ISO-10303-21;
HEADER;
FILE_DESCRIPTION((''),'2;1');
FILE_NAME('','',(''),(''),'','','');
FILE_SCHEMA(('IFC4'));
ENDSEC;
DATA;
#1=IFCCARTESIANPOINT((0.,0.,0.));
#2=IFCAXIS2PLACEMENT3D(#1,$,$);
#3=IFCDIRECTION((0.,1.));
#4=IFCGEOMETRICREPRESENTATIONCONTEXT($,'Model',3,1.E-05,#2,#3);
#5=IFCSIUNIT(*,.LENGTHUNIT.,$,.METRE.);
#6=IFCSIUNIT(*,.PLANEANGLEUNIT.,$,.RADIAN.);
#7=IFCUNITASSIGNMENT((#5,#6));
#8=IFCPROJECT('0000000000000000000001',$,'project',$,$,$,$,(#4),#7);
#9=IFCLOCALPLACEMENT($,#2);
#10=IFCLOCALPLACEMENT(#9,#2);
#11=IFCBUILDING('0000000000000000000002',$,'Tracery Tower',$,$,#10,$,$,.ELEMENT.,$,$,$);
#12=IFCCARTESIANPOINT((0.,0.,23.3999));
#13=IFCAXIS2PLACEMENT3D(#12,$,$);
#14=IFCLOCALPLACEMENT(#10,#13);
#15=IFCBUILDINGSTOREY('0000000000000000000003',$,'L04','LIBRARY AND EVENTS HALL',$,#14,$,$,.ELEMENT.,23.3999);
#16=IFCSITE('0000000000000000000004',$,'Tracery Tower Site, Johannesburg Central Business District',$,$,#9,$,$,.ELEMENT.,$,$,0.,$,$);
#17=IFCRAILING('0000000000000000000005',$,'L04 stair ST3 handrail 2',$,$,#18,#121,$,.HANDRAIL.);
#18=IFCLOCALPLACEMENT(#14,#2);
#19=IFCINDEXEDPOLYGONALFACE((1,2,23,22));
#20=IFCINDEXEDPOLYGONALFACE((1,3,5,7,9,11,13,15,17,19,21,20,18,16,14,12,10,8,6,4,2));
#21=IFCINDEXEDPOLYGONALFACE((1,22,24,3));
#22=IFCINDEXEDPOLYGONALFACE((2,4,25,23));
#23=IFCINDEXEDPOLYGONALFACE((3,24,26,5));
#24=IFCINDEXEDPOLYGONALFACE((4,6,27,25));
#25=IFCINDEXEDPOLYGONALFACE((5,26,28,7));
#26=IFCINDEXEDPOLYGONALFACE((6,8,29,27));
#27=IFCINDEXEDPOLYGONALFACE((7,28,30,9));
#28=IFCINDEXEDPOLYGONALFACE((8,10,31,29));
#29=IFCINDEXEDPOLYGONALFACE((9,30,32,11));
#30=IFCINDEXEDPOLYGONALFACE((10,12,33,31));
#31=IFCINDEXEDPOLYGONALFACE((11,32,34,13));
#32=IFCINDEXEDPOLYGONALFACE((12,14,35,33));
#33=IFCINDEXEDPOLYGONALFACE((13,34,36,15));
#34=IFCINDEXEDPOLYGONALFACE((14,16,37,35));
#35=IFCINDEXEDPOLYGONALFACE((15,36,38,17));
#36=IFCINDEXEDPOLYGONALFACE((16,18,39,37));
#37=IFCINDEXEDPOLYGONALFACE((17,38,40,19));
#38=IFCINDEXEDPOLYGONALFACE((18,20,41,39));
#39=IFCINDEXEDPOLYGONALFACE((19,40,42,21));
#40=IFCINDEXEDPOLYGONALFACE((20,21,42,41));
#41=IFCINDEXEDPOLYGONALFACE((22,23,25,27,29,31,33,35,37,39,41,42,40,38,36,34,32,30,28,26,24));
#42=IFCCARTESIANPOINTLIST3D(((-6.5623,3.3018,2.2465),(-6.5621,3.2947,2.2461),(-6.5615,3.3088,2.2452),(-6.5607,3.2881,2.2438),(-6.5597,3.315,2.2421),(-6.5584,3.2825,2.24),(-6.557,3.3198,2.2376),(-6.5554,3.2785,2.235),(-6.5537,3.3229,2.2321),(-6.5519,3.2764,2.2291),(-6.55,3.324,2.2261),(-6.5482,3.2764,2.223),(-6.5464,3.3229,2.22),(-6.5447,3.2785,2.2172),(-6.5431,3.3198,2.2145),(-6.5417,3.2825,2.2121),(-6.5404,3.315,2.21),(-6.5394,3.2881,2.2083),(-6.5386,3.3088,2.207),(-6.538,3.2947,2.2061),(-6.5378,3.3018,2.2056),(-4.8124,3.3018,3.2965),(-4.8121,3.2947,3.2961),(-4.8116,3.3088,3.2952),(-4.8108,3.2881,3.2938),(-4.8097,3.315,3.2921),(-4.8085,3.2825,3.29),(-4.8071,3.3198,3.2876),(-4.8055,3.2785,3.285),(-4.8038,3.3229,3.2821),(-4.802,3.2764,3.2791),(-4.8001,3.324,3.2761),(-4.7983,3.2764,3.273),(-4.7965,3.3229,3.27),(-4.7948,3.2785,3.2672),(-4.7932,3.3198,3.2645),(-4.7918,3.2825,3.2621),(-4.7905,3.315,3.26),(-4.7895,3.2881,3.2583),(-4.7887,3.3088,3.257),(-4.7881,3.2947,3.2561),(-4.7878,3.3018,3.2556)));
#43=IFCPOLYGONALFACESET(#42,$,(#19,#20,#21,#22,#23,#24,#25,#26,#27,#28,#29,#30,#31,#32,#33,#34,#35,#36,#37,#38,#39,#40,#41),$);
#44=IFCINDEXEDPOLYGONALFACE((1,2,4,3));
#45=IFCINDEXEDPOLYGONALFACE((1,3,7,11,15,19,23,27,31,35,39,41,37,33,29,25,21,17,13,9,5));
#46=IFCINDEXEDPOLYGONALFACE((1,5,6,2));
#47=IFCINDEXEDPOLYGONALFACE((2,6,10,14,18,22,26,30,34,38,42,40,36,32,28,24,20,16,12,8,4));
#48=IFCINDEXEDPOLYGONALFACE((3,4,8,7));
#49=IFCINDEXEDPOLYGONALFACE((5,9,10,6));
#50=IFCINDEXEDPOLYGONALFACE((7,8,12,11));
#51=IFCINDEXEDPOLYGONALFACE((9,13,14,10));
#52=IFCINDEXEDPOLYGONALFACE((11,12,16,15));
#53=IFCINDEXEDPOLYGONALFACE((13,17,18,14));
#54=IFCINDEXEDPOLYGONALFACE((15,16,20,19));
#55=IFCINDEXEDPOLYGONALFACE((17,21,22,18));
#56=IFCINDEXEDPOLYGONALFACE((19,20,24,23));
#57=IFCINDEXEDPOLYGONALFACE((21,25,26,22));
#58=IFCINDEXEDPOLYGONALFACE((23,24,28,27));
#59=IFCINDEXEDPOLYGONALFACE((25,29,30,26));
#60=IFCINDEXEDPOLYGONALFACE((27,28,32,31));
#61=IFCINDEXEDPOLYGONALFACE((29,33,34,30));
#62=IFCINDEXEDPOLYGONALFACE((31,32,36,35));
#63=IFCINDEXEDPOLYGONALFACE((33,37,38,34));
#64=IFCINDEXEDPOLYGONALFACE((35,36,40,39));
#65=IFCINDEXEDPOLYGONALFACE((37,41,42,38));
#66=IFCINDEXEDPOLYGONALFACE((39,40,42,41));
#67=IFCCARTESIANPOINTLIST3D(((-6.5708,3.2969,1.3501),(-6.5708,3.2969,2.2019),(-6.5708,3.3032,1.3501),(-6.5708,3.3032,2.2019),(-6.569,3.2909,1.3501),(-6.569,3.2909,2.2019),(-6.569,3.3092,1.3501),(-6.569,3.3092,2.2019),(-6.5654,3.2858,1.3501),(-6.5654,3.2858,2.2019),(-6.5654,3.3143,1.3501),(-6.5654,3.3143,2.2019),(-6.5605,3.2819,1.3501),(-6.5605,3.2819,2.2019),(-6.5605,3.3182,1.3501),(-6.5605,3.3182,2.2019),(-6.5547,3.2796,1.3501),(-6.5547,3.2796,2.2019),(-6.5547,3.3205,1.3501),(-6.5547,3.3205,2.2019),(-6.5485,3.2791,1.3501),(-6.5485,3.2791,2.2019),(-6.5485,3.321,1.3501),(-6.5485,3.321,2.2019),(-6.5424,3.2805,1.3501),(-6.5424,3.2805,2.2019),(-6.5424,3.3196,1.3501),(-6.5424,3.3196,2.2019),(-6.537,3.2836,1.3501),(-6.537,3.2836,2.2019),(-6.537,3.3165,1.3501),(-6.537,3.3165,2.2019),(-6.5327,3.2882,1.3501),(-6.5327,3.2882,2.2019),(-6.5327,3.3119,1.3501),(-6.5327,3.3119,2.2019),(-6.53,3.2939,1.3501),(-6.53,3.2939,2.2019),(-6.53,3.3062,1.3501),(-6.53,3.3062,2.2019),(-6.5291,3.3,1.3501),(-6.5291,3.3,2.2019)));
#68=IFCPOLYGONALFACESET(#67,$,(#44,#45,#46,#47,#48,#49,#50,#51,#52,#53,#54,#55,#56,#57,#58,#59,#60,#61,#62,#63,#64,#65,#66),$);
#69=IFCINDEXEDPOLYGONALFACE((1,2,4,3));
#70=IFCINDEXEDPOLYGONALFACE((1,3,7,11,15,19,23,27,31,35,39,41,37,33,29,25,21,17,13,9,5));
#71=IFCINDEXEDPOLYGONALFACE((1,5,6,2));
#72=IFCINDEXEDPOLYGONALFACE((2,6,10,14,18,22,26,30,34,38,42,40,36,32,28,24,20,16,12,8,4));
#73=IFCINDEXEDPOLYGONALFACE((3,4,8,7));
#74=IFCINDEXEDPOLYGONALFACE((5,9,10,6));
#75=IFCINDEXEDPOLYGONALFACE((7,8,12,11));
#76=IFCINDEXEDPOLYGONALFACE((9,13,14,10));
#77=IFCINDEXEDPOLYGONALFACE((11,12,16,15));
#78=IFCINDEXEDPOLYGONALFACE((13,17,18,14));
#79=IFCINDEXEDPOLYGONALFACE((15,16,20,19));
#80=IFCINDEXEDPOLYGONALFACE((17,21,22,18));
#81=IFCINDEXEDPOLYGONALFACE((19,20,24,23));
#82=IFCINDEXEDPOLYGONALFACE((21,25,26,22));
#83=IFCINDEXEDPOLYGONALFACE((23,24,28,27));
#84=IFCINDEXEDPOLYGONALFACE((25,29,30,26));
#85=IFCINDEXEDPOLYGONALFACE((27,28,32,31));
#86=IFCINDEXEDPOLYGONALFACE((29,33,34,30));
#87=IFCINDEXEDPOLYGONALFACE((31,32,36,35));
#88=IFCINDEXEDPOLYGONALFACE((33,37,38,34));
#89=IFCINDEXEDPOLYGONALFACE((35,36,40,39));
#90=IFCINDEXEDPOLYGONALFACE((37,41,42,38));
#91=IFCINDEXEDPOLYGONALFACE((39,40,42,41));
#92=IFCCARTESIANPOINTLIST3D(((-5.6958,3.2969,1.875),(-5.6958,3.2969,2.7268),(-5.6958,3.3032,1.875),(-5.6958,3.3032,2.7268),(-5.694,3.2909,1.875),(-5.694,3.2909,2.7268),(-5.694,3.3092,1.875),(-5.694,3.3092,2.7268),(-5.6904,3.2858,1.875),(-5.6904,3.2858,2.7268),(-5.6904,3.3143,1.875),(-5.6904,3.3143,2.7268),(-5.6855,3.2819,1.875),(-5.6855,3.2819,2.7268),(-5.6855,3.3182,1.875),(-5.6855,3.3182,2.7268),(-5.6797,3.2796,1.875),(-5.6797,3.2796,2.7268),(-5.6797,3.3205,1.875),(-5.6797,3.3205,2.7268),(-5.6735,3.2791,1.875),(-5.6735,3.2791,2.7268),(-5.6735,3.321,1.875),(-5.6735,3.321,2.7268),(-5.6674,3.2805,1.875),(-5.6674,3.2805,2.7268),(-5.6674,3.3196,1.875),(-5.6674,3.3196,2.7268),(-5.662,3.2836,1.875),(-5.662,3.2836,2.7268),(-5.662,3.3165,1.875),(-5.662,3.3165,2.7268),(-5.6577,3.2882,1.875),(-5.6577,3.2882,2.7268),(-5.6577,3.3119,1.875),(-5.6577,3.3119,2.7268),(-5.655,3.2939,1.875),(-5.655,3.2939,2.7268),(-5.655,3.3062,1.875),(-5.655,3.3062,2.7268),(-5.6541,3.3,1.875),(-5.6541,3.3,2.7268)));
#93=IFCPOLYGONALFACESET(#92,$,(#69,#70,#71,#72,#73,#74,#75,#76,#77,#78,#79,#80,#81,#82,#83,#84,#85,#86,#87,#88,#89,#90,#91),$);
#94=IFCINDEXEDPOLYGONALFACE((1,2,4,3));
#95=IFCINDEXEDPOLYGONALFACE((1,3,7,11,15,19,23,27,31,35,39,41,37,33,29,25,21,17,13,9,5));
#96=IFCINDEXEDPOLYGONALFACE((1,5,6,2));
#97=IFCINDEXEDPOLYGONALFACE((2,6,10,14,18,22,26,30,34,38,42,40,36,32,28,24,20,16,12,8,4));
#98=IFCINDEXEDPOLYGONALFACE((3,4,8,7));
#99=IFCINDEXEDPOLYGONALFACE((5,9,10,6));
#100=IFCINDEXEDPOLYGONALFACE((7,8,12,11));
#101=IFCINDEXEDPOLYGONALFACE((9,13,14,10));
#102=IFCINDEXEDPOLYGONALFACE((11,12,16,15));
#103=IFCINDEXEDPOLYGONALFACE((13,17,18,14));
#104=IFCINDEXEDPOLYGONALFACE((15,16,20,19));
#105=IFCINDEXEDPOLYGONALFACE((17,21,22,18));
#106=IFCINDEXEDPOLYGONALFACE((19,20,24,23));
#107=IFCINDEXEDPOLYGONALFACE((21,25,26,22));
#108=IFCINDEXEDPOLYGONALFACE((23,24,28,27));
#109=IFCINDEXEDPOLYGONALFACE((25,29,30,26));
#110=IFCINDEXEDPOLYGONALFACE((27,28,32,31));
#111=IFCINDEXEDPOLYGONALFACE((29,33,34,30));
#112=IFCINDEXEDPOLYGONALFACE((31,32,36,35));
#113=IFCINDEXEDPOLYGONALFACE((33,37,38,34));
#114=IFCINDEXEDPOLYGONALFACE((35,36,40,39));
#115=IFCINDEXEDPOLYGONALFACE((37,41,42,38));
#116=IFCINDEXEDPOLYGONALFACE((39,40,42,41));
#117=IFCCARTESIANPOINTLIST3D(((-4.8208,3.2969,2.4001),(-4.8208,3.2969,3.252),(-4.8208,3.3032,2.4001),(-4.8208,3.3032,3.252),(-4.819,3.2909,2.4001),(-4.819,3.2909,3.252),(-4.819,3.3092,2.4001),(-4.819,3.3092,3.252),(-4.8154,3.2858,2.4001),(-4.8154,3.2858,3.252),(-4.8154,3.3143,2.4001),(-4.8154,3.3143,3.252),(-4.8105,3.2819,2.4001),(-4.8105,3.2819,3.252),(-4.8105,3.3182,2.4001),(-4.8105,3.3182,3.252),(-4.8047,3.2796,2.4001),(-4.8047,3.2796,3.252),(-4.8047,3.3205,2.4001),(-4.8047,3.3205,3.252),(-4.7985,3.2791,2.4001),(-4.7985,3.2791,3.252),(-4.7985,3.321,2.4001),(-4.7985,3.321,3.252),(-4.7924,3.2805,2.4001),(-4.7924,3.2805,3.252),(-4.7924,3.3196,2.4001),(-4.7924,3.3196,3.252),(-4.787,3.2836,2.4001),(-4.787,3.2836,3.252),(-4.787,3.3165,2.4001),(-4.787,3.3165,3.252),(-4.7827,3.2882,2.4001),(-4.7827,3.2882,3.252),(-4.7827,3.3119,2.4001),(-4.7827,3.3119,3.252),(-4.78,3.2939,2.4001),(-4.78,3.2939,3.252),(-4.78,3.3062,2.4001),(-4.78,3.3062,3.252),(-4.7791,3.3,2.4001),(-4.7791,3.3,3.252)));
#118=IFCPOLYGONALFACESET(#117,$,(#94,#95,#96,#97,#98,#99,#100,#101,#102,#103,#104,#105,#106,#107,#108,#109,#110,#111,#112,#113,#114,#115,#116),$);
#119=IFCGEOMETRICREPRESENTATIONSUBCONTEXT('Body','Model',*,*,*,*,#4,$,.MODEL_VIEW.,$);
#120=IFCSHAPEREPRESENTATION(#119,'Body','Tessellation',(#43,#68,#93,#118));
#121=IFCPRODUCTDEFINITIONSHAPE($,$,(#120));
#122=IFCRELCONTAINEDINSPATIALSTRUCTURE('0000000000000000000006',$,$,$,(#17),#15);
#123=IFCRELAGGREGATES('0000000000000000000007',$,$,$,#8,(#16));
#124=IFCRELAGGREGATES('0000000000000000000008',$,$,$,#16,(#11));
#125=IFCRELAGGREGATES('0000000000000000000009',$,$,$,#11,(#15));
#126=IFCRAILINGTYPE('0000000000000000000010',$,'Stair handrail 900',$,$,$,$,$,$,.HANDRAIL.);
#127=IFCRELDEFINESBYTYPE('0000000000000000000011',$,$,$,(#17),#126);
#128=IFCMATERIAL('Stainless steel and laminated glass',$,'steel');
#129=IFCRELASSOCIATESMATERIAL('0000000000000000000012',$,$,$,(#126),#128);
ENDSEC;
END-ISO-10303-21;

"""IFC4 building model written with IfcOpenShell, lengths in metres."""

from ifc_helpers import new_model, si_unit, direction, frame, origin, origin_2d, place, context, subcontext, project, spatial, circle, extrude, material, type_object, element, save


model = new_model("IFC4")

# Units and contexts
model_context = context("Model", 3, precision=1e-05, world=origin(), true_north=direction((0.0, 1.0)))
body_context = subcontext(model_context, "Body", "Model", "MODEL_VIEW")
ifc_project = project(units=[si_unit("LENGTHUNIT", "METRE"), si_unit("PLANEANGLEUNIT", "RADIAN")], contexts=[model_context])

# Site, building, storey
site_placement = place(None, origin())
site = spatial("IfcSite", under=ifc_project, at=site_placement, Name="Tracery Tower Site, Johannesburg Central Business District", CompositionType="ELEMENT", RefElevation=0.0)
building_placement = place(site_placement, origin())
building = spatial("IfcBuilding", under=site, at=building_placement, Name="Tracery Tower", CompositionType="ELEMENT")
storey_placement = place(building_placement, frame((0.0, 0.0, 23.3999)))
storey = spatial("IfcBuildingStorey", under=building, at=storey_placement, Name="L04", Description="LIBRARY AND EVENTS HALL", CompositionType="ELEMENT", Elevation=23.3999)

# Railing
ifc_material_1 = material(Name="Stainless steel and laminated glass", Category="steel")
railing_type_1 = type_object("IfcRailingType", Name="Stair handrail 900", PredefinedType="HANDRAIL", material=ifc_material_1)
railing_1_placement = place(storey_placement, frame((-6.55, 3.3, 1.3501)))
element("IfcRailing", 1, at=railing_1_placement, inside=storey, type_object=railing_type_1, Name="L04 stair ST3 handrail 2", PredefinedType="HANDRAIL", context=body_context, shape_type="SweptSolid", body=[
    extrude(circle(Radius=0.0239, at=origin_2d()), frame((0.0, 0.0, 0.876), z_axis=(0.857482, 0.0, 0.514513), x_axis=(0.0, 1.0, 0.0)), (0.0, 0.0, 1.0), 2.0408),
    extrude(circle(Radius=0.021, at=origin_2d()), origin(), (0.0, 0.0, 1.0), 0.8518),
    extrude(circle(Radius=0.021, at=origin_2d()), frame((0.875, 0.0, 0.5249)), (0.0, 0.0, 1.0), 0.8518),
    extrude(circle(Radius=0.021, at=origin_2d()), frame((1.75, 0.0, 1.05)), (0.0, 0.0, 1.0), 0.8518),
])

save(model, "model.ifc")
